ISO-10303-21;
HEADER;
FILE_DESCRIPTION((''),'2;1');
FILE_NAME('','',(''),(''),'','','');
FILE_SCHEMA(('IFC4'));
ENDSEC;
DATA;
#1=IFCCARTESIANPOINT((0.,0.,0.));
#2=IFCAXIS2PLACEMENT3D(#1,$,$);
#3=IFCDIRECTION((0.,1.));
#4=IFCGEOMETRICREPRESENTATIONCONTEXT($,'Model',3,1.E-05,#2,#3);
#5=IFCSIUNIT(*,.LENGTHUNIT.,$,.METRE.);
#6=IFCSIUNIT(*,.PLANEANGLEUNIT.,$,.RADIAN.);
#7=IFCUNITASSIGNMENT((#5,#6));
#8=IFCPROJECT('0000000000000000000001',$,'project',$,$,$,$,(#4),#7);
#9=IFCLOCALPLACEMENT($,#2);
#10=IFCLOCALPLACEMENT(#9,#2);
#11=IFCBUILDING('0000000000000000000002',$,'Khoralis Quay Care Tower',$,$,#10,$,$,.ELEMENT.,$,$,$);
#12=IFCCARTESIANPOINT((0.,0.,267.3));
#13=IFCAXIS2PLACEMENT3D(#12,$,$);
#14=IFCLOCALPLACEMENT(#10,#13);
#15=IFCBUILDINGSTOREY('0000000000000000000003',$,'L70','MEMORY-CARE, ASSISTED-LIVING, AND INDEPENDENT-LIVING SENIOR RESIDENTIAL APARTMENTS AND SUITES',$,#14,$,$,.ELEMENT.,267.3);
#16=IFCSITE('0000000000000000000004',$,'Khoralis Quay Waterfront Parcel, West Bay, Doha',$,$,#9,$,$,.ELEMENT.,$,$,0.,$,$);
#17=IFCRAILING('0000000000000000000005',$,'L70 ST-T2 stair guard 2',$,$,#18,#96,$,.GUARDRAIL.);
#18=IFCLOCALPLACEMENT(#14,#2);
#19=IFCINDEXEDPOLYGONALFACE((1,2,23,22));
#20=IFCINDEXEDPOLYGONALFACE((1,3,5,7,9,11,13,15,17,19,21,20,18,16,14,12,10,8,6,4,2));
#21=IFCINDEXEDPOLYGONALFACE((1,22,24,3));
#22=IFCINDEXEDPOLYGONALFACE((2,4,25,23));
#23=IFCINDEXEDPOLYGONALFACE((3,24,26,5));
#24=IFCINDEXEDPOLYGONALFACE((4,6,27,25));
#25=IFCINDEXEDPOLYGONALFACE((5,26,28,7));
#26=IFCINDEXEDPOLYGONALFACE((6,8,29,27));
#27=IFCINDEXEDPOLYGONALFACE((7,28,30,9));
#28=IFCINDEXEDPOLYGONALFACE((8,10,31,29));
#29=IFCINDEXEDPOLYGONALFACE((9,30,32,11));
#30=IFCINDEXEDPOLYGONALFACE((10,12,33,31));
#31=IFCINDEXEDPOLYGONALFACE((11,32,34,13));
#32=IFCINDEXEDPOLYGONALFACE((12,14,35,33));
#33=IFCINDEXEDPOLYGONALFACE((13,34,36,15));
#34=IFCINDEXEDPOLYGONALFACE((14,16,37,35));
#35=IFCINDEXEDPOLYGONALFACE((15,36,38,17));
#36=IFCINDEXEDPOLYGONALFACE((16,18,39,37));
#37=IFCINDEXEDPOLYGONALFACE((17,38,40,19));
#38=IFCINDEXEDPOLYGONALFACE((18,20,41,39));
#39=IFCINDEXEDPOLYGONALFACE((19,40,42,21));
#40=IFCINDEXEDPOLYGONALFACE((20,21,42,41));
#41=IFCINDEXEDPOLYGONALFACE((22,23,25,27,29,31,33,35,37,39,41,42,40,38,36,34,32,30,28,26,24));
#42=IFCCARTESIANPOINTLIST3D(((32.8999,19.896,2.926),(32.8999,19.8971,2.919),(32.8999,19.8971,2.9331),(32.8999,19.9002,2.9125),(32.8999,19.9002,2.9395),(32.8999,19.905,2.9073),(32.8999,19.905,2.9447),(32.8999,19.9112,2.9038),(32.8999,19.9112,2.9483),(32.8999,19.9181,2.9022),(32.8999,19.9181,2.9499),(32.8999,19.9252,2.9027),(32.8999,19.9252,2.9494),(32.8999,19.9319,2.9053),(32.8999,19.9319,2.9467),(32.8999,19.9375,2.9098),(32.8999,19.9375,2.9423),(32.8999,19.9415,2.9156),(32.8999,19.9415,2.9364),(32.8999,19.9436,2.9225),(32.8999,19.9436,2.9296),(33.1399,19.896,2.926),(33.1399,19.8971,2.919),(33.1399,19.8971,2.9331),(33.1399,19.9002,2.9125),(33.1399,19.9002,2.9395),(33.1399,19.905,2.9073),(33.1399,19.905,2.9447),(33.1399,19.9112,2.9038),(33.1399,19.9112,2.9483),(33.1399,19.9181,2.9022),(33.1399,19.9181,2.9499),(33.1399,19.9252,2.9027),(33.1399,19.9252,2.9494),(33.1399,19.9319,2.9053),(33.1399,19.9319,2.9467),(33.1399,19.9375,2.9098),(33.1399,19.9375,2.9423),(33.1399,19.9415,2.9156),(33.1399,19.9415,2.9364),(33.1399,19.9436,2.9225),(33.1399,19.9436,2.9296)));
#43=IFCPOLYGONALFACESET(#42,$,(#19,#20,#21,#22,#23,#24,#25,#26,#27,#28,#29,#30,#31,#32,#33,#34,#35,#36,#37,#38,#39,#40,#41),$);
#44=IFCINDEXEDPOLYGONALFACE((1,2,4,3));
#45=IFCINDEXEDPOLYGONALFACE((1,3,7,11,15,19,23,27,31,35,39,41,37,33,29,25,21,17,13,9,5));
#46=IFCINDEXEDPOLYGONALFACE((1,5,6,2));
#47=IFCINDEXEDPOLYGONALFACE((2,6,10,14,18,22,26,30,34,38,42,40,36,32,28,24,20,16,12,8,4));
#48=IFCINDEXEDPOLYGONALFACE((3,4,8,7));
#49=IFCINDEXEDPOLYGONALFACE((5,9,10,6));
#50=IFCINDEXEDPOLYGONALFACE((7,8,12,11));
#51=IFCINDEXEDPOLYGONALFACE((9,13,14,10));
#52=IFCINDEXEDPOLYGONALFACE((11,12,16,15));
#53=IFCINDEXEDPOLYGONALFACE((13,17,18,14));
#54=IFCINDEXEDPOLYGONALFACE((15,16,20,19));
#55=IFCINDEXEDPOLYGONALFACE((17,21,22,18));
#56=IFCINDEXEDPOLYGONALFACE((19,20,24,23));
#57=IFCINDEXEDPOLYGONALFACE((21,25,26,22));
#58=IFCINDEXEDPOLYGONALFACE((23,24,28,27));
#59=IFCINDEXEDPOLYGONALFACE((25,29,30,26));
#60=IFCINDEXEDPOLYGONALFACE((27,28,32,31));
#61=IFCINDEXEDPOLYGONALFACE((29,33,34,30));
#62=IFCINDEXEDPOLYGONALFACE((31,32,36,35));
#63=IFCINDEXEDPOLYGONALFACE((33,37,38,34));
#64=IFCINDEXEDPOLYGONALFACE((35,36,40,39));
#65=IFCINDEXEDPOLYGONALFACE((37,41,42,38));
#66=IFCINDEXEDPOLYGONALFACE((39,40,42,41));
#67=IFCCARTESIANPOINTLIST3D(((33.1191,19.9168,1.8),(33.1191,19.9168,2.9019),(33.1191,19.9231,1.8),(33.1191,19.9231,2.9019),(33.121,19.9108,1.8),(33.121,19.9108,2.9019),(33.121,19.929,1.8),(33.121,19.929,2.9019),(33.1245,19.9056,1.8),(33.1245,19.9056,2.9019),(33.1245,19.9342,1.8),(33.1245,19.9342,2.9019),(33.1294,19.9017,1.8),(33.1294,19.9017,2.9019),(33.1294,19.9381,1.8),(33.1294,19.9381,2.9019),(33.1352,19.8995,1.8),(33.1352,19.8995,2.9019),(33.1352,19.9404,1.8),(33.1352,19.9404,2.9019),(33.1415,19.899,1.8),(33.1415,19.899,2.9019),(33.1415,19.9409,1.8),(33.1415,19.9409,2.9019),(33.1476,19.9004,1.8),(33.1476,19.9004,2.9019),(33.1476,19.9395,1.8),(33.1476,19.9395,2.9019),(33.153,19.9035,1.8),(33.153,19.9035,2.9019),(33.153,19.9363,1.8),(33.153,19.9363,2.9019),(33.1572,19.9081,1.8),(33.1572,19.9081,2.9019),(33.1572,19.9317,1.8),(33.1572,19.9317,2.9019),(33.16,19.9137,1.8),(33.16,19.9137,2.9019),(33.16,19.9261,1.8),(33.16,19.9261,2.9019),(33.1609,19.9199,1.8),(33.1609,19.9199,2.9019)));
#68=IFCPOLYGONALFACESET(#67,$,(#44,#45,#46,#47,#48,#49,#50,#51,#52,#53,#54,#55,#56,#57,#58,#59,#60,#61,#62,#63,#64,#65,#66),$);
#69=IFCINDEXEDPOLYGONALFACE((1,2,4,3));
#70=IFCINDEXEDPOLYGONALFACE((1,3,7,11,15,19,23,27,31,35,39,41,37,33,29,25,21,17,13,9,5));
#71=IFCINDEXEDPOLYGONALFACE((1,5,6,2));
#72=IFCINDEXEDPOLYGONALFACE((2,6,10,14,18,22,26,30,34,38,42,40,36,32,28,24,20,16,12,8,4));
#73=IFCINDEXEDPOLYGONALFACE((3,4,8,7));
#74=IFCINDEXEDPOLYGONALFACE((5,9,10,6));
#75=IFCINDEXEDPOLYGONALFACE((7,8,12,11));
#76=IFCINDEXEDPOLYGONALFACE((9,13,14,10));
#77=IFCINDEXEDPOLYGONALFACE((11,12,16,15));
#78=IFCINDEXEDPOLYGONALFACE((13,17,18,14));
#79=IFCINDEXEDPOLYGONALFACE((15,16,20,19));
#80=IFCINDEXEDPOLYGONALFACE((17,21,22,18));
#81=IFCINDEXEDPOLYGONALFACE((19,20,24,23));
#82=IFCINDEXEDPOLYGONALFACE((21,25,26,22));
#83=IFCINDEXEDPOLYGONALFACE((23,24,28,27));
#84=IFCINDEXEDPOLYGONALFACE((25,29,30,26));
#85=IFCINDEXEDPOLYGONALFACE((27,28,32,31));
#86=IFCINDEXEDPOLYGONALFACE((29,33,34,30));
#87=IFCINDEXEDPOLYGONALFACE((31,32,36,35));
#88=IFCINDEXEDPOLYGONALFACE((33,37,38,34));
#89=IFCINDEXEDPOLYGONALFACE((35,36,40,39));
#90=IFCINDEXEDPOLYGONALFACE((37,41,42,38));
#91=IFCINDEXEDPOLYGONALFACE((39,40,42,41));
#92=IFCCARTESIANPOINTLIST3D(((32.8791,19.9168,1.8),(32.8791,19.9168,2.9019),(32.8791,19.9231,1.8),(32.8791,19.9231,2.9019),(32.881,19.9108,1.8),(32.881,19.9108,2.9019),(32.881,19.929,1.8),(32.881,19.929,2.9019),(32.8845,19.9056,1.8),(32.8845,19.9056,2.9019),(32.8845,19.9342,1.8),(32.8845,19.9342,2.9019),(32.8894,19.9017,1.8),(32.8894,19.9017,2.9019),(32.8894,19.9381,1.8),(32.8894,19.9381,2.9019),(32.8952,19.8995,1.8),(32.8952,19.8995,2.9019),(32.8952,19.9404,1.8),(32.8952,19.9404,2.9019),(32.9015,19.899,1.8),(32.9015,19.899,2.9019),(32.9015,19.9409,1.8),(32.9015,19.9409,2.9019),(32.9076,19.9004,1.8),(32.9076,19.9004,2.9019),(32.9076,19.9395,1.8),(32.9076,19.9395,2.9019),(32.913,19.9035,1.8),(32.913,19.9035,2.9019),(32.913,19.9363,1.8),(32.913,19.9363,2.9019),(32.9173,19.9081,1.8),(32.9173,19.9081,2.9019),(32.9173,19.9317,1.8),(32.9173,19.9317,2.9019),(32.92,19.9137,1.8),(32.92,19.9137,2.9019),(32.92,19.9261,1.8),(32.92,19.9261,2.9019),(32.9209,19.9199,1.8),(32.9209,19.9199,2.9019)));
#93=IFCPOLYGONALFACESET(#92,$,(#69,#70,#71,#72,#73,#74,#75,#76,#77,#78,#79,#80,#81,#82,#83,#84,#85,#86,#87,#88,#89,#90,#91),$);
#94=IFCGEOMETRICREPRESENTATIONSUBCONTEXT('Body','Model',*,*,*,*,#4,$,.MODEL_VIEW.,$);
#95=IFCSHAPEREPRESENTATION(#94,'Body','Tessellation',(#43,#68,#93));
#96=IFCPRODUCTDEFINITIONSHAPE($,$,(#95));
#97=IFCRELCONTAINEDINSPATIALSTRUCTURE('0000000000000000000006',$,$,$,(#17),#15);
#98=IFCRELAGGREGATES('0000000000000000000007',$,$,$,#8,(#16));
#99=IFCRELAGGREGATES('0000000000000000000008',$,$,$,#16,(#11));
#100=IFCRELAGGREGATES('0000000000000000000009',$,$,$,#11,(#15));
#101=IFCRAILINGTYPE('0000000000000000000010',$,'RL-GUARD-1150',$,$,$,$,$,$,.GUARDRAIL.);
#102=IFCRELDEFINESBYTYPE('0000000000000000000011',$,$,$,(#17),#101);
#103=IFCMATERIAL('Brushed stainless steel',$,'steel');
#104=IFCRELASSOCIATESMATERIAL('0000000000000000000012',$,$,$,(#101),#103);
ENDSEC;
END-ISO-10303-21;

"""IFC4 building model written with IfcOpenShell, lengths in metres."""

from ifc_helpers import new_model, si_unit, direction, frame, origin, origin_2d, place, context, subcontext, project, spatial, circle, extrude, material, type_object, element, save


model = new_model("IFC4")

# Units and contexts
model_context = context("Model", 3, precision=1e-05, world=origin(), true_north=direction((0.0, 1.0)))
body_context = subcontext(model_context, "Body", "Model", "MODEL_VIEW")
ifc_project = project(units=[si_unit("LENGTHUNIT", "METRE"), si_unit("PLANEANGLEUNIT", "RADIAN")], contexts=[model_context])

# Site, building, storey
site_placement = place(None, origin())
site = spatial("IfcSite", under=ifc_project, at=site_placement, Name="Khoralis Quay Waterfront Parcel, West Bay, Doha", CompositionType="ELEMENT", RefElevation=0.0)
building_placement = place(site_placement, origin())
building = spatial("IfcBuilding", under=site, at=building_placement, Name="Khoralis Quay Care Tower", CompositionType="ELEMENT")
storey_placement = place(building_placement, frame((0.0, 0.0, 267.3)))
storey = spatial("IfcBuildingStorey", under=building, at=storey_placement, Name="L70", Description="MEMORY-CARE, ASSISTED-LIVING, AND INDEPENDENT-LIVING SENIOR RESIDENTIAL APARTMENTS AND SUITES", CompositionType="ELEMENT", Elevation=267.3)

# Railing
ifc_material_1 = material(Name="Brushed stainless steel", Category="steel")
railing_type_1 = type_object("IfcRailingType", Name="RL-GUARD-1150", PredefinedType="GUARDRAIL", material=ifc_material_1)
railing_1_placement = place(storey_placement, frame((33.1399, 19.9199, 1.8)))
element("IfcRailing", 1, at=railing_1_placement, inside=storey, type_object=railing_type_1, Name="L70 ST-T2 stair guard 2", PredefinedType="GUARDRAIL", context=body_context, shape_type="SweptSolid", body=[
    extrude(circle(Radius=0.0239, at=origin_2d()), frame((0.0, 0.0, 1.126), z_axis=(-1.0, 0.0, 0.0), x_axis=(0.0, -1.0, 0.0)), (0.0, 0.0, 1.0), 0.24),
    extrude(circle(Radius=0.021, at=origin_2d()), origin(), (0.0, 0.0, 1.0), 1.1018),
    extrude(circle(Radius=0.021, at=origin_2d()), frame((-0.24, 0.0, 0.0)), (0.0, 0.0, 1.0), 1.1018),
])

save(model, "model.ifc")
